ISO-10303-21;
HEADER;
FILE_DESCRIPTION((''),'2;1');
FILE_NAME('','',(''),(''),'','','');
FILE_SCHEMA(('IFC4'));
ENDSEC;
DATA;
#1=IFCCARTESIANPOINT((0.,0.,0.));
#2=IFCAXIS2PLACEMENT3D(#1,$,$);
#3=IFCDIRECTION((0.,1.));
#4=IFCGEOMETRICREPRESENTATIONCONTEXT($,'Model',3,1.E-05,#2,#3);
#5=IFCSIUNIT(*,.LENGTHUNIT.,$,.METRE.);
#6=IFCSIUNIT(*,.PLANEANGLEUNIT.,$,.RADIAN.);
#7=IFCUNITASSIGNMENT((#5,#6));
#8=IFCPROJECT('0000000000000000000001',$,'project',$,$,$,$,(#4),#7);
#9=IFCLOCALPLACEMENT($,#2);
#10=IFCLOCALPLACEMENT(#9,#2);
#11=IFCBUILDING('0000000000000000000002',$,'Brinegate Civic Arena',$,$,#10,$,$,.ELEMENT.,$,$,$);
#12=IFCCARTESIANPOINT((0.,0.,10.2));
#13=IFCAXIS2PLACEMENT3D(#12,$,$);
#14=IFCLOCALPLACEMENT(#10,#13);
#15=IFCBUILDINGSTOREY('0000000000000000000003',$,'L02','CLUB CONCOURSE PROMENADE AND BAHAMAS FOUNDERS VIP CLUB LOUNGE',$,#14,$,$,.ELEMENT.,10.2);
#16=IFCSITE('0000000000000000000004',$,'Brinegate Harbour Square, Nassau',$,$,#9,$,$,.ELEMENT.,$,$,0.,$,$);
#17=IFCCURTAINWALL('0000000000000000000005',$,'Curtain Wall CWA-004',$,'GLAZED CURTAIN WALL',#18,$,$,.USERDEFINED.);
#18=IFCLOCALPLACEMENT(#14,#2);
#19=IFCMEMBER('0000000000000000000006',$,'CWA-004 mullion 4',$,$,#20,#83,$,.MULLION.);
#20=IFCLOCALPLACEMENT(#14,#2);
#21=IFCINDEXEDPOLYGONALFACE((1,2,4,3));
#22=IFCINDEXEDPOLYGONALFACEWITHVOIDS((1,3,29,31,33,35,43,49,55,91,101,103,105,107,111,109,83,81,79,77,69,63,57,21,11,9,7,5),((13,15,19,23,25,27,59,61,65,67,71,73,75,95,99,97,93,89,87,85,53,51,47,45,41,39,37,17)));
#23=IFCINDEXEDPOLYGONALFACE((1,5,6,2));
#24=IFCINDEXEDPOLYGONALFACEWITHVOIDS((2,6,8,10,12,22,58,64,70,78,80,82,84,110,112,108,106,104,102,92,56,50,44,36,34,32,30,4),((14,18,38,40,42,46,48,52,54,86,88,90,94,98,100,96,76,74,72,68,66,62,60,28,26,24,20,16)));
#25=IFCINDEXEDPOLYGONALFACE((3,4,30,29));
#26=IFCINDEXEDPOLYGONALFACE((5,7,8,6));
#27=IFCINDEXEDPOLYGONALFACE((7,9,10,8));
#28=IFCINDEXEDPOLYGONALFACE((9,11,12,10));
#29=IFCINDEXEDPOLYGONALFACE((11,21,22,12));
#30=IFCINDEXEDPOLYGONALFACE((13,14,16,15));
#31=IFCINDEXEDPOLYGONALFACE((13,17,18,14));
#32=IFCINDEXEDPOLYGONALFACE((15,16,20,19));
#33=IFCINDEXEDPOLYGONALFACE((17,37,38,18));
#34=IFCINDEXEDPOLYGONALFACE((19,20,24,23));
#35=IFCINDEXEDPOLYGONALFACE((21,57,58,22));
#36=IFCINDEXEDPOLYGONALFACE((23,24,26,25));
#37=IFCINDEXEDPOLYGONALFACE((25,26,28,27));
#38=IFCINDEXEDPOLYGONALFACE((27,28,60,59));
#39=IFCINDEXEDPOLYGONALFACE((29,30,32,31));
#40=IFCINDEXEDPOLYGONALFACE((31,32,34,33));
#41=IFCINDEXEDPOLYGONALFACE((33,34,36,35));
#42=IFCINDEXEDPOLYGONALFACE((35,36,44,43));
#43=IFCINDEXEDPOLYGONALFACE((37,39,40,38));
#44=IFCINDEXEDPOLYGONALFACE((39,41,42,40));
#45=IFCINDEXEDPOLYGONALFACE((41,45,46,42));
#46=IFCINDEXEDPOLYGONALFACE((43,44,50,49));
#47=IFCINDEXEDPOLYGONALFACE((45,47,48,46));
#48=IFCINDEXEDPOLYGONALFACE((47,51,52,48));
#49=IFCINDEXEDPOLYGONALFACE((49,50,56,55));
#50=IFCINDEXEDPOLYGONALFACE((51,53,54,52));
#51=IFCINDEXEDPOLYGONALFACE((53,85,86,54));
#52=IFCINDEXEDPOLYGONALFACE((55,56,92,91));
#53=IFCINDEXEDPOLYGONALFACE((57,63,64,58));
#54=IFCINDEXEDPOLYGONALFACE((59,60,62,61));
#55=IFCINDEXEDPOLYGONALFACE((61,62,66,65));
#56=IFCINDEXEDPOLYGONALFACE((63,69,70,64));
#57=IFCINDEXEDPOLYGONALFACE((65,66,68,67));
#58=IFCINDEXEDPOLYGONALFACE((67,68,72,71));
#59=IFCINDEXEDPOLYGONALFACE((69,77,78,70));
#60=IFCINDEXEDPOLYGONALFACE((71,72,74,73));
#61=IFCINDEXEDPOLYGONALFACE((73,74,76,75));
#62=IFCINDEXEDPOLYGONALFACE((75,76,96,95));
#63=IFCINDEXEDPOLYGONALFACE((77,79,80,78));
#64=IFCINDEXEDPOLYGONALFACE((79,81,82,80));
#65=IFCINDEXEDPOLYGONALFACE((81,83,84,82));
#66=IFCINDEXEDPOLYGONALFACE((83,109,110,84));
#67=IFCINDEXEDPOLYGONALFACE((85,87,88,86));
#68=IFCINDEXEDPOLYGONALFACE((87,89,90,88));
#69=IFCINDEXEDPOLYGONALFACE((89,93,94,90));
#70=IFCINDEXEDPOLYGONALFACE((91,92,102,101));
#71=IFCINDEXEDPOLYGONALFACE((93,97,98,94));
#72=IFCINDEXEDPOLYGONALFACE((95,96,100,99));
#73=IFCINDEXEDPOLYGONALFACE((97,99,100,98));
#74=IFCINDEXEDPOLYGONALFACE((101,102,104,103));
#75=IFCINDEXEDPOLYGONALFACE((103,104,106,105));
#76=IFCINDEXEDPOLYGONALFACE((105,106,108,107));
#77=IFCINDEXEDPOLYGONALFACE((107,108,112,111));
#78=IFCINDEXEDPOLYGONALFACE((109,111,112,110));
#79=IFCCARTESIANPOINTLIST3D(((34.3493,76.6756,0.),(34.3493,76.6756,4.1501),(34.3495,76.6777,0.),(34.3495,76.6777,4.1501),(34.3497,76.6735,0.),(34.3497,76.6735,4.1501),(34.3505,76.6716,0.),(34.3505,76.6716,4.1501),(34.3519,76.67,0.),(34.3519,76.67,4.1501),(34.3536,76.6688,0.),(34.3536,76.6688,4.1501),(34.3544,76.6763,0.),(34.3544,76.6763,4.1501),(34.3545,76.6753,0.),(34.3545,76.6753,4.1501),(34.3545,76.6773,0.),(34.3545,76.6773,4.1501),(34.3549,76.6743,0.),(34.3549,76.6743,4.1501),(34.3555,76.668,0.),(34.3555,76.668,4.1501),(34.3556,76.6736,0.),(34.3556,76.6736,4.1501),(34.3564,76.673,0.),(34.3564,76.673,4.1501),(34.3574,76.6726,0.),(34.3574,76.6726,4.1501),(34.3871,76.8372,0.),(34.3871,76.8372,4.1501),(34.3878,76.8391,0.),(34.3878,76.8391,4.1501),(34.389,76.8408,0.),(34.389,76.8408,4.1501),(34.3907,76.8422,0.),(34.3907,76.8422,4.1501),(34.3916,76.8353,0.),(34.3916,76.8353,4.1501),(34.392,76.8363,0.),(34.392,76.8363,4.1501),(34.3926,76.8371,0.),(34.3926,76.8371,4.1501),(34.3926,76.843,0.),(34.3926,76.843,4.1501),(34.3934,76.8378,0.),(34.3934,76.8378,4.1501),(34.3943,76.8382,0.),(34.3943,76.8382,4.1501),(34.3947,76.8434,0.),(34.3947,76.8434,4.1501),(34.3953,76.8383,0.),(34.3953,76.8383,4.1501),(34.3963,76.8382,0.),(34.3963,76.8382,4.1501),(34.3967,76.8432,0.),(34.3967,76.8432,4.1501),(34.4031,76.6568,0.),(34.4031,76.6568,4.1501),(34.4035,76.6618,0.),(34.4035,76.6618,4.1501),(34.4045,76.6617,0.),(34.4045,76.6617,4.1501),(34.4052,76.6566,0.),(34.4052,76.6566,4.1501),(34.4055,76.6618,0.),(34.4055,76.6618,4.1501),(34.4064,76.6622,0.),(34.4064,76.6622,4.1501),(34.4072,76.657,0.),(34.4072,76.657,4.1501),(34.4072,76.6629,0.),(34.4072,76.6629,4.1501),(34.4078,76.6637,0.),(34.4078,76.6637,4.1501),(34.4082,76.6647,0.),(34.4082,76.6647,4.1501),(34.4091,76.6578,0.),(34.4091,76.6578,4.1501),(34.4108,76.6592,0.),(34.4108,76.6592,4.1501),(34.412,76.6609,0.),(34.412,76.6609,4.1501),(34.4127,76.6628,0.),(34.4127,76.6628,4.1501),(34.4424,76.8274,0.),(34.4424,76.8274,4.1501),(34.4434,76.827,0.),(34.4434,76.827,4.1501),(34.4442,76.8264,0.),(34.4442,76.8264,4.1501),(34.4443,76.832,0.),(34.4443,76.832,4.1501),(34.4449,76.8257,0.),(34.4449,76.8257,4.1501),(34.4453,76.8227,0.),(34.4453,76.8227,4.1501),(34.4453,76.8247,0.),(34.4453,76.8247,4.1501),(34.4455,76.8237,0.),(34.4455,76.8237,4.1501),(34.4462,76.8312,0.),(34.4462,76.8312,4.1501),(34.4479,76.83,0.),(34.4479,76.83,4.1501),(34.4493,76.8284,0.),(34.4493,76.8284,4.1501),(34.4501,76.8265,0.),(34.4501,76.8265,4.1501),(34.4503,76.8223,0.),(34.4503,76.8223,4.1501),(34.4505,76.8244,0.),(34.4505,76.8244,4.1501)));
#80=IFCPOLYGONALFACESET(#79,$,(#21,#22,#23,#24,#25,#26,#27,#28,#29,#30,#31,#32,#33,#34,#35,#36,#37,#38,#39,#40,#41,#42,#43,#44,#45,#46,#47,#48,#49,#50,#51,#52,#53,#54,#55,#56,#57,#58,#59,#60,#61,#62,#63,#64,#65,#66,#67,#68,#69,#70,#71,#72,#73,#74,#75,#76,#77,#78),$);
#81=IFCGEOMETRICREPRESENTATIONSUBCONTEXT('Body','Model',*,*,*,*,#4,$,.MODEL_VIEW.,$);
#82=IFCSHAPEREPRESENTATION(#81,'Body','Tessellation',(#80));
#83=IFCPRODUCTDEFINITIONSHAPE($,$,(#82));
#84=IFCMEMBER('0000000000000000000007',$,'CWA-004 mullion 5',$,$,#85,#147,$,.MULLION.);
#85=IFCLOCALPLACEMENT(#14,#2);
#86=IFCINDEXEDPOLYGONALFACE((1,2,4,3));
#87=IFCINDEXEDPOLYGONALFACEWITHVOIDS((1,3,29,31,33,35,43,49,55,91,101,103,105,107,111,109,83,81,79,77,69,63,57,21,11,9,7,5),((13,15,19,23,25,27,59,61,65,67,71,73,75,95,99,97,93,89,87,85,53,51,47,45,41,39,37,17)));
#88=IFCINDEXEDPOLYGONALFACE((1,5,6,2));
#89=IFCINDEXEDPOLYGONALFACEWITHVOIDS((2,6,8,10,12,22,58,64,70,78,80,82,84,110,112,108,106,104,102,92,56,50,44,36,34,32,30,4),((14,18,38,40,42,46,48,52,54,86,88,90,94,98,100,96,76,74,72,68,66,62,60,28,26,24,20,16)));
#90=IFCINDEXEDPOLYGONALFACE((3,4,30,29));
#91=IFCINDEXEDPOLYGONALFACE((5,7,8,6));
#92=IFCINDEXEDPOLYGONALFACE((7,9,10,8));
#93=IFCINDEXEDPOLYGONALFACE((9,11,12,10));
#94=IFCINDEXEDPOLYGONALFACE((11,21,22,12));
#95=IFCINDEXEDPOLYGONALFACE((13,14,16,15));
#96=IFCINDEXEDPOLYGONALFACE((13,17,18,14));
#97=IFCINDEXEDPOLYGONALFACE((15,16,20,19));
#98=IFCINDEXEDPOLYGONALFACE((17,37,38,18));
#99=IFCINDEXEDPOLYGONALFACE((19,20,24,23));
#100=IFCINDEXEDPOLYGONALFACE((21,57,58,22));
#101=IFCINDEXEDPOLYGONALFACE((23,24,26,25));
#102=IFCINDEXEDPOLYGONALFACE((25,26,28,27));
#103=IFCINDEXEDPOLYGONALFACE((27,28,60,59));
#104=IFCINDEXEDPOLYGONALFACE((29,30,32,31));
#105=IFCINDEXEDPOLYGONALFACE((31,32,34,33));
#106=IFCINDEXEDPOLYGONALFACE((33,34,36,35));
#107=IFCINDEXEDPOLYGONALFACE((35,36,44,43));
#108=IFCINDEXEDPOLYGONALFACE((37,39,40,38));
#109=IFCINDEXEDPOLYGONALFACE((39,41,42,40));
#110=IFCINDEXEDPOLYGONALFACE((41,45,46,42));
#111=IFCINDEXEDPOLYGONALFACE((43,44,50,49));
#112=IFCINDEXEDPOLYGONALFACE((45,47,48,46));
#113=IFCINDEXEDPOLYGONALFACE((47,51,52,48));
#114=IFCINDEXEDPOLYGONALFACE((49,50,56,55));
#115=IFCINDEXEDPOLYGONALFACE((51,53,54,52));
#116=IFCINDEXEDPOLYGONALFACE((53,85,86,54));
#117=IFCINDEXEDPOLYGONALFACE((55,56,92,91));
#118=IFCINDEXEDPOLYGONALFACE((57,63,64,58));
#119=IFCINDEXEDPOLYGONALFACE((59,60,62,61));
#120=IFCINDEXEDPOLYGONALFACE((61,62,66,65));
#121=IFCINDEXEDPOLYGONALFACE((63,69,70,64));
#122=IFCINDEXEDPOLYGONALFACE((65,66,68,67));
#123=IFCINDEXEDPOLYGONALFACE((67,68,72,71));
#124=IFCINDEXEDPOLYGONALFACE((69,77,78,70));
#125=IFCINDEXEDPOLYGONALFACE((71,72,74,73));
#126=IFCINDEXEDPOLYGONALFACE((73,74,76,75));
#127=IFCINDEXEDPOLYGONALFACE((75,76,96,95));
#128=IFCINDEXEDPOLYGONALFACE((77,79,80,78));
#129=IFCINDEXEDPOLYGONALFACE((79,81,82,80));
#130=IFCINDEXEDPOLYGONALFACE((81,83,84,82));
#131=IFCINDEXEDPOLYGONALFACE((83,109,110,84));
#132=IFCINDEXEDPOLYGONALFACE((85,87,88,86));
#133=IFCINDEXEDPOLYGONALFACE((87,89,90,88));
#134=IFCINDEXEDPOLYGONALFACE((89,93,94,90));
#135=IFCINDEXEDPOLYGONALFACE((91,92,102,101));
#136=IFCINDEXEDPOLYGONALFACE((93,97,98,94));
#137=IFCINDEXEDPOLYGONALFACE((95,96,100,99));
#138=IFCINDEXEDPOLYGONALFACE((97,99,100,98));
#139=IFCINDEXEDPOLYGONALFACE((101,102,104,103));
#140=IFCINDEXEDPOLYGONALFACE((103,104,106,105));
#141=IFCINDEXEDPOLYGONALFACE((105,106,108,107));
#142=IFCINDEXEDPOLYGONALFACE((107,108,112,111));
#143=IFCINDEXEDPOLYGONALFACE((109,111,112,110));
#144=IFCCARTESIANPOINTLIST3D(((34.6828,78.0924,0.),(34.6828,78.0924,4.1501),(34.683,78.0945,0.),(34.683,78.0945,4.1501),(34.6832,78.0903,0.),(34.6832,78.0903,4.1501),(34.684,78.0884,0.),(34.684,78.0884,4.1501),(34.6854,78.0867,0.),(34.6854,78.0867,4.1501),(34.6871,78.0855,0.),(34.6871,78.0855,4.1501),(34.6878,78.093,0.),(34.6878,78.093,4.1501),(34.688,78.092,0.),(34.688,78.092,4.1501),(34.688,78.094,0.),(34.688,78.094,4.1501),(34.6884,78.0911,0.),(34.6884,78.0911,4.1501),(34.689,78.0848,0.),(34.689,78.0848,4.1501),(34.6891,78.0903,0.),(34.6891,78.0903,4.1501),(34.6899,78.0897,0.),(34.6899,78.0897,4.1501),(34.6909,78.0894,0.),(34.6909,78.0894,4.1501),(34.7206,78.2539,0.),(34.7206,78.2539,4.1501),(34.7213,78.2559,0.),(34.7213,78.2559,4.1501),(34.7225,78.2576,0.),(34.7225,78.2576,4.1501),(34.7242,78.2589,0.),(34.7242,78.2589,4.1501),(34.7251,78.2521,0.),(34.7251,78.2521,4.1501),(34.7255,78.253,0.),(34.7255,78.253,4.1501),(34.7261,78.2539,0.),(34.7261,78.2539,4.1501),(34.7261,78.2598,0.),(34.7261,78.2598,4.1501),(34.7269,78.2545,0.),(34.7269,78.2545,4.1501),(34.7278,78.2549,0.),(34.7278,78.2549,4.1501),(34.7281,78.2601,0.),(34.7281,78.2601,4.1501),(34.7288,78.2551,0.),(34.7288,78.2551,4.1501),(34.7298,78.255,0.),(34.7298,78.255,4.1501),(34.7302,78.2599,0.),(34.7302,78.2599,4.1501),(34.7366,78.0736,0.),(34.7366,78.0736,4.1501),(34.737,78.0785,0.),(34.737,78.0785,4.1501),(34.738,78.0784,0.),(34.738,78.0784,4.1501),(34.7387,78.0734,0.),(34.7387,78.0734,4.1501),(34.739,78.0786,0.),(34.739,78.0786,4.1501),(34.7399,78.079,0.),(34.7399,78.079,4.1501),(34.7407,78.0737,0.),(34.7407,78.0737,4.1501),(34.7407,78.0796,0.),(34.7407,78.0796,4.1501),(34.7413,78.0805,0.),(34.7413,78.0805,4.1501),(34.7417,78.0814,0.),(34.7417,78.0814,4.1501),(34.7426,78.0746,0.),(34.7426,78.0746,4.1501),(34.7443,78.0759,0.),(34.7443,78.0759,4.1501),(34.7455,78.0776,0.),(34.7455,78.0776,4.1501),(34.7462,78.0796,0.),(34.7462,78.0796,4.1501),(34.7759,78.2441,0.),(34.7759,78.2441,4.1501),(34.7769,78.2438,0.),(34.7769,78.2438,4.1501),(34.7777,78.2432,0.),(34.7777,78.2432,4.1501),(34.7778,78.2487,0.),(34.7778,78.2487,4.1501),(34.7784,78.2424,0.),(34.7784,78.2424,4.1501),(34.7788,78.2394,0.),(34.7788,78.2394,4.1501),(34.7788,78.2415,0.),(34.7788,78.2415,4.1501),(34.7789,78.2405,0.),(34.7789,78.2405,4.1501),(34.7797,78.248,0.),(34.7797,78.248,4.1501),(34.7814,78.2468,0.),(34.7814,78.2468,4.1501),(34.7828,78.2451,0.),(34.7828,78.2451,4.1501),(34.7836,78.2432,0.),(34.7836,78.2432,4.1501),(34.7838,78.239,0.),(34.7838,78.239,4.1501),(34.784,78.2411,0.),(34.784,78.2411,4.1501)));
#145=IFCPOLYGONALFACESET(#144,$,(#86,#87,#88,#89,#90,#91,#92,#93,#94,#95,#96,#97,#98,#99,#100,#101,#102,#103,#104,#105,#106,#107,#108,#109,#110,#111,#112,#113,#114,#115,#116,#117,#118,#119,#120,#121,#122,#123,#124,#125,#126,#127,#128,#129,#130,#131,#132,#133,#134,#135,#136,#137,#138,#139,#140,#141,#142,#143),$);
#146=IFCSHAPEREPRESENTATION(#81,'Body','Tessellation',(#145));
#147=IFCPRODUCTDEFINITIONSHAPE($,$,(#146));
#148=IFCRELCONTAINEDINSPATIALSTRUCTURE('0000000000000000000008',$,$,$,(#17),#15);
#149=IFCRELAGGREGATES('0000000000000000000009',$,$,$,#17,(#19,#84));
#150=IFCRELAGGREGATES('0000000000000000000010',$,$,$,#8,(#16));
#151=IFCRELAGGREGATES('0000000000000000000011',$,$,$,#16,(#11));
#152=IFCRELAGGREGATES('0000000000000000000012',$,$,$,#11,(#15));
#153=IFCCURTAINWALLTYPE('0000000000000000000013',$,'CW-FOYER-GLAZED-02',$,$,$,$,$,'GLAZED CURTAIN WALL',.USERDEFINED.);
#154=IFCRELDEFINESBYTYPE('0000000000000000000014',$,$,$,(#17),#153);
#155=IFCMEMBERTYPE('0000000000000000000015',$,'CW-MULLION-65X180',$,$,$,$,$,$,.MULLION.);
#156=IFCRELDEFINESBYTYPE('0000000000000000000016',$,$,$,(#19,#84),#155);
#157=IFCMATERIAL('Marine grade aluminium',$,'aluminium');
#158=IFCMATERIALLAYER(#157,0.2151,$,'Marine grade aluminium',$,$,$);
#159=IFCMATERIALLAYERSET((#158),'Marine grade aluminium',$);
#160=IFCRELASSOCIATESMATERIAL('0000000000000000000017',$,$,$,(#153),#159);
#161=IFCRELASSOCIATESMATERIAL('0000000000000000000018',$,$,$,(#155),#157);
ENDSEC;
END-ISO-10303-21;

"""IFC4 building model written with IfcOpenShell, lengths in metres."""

from ifc_helpers import new_model, si_unit, direction, frame, origin, origin_2d, place, context, subcontext, project, spatial, hollow_rectangle, extrude, material, layer, layer_set, material_profile, profile_set, type_object, element, aggregate, save


model = new_model("IFC4")

# Units and contexts
model_context = context("Model", 3, precision=1e-05, world=origin(), true_north=direction((0.0, 1.0)))
body_context = subcontext(model_context, "Body", "Model", "MODEL_VIEW")
ifc_project = project(units=[si_unit("LENGTHUNIT", "METRE"), si_unit("PLANEANGLEUNIT", "RADIAN")], contexts=[model_context])

# Site, building, storey
site_placement = place(None, origin())
site = spatial("IfcSite", under=ifc_project, at=site_placement, Name="Brinegate Harbour Square, Nassau", CompositionType="ELEMENT", RefElevation=0.0)
building_placement = place(site_placement, origin())
building = spatial("IfcBuilding", under=site, at=building_placement, Name="Brinegate Civic Arena", CompositionType="ELEMENT")
storey_placement = place(building_placement, frame((0.0, 0.0, 10.2)))
storey = spatial("IfcBuildingStorey", under=building, at=storey_placement, Name="L02", Description="CLUB CONCOURSE PROMENADE AND BAHAMAS FOUNDERS VIP CLUB LOUNGE", CompositionType="ELEMENT", Elevation=10.2)

# Curtain wall, members
ifc_material_1 = material(Name="Marine grade aluminium", Category="aluminium")
ifc_layer_1 = layer(ifc_material_1, 0.2151, Name="Marine grade aluminium")
ifc_layer_set_1 = layer_set([ifc_layer_1], Name="Marine grade aluminium")
curtain_wall_type = type_object("IfcCurtainWallType", Name="CW-FOYER-GLAZED-02", ElementType="GLAZED CURTAIN WALL", PredefinedType="USERDEFINED", material=ifc_layer_set_1)
curtain_wall_placement = place(storey_placement, origin())
curtain_wall = element("IfcCurtainWall", 1, at=curtain_wall_placement, inside=storey, type_object=curtain_wall_type, Name="Curtain Wall CWA-004", ObjectType="GLAZED CURTAIN WALL", PredefinedType="USERDEFINED")
ifc_material_profile_1 = material_profile(ifc_material_1, hollow_rectangle(XDim=0.0649, YDim=0.1799, WallThickness=0.0049, InnerFilletRadius=0.0039, OuterFilletRadius=0.0081, at=origin_2d()), Name="MUL65X180")
ifc_profile_set_1 = profile_set([ifc_material_profile_1], Name="Marine grade aluminium")
member_type_1 = type_object("IfcMemberType", Name="CW-MULLION-65X180", PredefinedType="MULLION", material=ifc_profile_set_1)
member_1_placement = place(storey_placement, frame((34.3999, 76.75, 0.0), z_axis=(0.0, 0.0, 1.0), x_axis=(-0.973417, 0.229039, 0.0)))
member_1 = element("IfcMember", 2, at=member_1_placement, type_object=member_type_1, Name="CWA-004 mullion 4", PredefinedType="MULLION", context=body_context, shape_type="SweptSolid", body=[
    extrude(hollow_rectangle(XDim=0.0649, YDim=0.1799, WallThickness=0.0049, InnerFilletRadius=0.0039, OuterFilletRadius=0.0081, at=origin_2d()), origin(), (0.0, 0.0, 1.0), 4.1501),
])
member_2_placement = place(storey_placement, frame((34.7334, 78.1667, 0.0), z_axis=(0.0, 0.0, 1.0), x_axis=(-0.973417, 0.229039, 0.0)))
member_2 = element("IfcMember", 3, at=member_2_placement, type_object=member_type_1, Name="CWA-004 mullion 5", PredefinedType="MULLION", context=body_context, shape_type="SweptSolid", body=[
    extrude(hollow_rectangle(XDim=0.0649, YDim=0.1799, WallThickness=0.0049, InnerFilletRadius=0.0039, OuterFilletRadius=0.0081, at=origin_2d()), origin(), (0.0, 0.0, 1.0), 4.1501),
])

aggregate(curtain_wall, [member_1, member_2])

save(model, "model.ifc")
